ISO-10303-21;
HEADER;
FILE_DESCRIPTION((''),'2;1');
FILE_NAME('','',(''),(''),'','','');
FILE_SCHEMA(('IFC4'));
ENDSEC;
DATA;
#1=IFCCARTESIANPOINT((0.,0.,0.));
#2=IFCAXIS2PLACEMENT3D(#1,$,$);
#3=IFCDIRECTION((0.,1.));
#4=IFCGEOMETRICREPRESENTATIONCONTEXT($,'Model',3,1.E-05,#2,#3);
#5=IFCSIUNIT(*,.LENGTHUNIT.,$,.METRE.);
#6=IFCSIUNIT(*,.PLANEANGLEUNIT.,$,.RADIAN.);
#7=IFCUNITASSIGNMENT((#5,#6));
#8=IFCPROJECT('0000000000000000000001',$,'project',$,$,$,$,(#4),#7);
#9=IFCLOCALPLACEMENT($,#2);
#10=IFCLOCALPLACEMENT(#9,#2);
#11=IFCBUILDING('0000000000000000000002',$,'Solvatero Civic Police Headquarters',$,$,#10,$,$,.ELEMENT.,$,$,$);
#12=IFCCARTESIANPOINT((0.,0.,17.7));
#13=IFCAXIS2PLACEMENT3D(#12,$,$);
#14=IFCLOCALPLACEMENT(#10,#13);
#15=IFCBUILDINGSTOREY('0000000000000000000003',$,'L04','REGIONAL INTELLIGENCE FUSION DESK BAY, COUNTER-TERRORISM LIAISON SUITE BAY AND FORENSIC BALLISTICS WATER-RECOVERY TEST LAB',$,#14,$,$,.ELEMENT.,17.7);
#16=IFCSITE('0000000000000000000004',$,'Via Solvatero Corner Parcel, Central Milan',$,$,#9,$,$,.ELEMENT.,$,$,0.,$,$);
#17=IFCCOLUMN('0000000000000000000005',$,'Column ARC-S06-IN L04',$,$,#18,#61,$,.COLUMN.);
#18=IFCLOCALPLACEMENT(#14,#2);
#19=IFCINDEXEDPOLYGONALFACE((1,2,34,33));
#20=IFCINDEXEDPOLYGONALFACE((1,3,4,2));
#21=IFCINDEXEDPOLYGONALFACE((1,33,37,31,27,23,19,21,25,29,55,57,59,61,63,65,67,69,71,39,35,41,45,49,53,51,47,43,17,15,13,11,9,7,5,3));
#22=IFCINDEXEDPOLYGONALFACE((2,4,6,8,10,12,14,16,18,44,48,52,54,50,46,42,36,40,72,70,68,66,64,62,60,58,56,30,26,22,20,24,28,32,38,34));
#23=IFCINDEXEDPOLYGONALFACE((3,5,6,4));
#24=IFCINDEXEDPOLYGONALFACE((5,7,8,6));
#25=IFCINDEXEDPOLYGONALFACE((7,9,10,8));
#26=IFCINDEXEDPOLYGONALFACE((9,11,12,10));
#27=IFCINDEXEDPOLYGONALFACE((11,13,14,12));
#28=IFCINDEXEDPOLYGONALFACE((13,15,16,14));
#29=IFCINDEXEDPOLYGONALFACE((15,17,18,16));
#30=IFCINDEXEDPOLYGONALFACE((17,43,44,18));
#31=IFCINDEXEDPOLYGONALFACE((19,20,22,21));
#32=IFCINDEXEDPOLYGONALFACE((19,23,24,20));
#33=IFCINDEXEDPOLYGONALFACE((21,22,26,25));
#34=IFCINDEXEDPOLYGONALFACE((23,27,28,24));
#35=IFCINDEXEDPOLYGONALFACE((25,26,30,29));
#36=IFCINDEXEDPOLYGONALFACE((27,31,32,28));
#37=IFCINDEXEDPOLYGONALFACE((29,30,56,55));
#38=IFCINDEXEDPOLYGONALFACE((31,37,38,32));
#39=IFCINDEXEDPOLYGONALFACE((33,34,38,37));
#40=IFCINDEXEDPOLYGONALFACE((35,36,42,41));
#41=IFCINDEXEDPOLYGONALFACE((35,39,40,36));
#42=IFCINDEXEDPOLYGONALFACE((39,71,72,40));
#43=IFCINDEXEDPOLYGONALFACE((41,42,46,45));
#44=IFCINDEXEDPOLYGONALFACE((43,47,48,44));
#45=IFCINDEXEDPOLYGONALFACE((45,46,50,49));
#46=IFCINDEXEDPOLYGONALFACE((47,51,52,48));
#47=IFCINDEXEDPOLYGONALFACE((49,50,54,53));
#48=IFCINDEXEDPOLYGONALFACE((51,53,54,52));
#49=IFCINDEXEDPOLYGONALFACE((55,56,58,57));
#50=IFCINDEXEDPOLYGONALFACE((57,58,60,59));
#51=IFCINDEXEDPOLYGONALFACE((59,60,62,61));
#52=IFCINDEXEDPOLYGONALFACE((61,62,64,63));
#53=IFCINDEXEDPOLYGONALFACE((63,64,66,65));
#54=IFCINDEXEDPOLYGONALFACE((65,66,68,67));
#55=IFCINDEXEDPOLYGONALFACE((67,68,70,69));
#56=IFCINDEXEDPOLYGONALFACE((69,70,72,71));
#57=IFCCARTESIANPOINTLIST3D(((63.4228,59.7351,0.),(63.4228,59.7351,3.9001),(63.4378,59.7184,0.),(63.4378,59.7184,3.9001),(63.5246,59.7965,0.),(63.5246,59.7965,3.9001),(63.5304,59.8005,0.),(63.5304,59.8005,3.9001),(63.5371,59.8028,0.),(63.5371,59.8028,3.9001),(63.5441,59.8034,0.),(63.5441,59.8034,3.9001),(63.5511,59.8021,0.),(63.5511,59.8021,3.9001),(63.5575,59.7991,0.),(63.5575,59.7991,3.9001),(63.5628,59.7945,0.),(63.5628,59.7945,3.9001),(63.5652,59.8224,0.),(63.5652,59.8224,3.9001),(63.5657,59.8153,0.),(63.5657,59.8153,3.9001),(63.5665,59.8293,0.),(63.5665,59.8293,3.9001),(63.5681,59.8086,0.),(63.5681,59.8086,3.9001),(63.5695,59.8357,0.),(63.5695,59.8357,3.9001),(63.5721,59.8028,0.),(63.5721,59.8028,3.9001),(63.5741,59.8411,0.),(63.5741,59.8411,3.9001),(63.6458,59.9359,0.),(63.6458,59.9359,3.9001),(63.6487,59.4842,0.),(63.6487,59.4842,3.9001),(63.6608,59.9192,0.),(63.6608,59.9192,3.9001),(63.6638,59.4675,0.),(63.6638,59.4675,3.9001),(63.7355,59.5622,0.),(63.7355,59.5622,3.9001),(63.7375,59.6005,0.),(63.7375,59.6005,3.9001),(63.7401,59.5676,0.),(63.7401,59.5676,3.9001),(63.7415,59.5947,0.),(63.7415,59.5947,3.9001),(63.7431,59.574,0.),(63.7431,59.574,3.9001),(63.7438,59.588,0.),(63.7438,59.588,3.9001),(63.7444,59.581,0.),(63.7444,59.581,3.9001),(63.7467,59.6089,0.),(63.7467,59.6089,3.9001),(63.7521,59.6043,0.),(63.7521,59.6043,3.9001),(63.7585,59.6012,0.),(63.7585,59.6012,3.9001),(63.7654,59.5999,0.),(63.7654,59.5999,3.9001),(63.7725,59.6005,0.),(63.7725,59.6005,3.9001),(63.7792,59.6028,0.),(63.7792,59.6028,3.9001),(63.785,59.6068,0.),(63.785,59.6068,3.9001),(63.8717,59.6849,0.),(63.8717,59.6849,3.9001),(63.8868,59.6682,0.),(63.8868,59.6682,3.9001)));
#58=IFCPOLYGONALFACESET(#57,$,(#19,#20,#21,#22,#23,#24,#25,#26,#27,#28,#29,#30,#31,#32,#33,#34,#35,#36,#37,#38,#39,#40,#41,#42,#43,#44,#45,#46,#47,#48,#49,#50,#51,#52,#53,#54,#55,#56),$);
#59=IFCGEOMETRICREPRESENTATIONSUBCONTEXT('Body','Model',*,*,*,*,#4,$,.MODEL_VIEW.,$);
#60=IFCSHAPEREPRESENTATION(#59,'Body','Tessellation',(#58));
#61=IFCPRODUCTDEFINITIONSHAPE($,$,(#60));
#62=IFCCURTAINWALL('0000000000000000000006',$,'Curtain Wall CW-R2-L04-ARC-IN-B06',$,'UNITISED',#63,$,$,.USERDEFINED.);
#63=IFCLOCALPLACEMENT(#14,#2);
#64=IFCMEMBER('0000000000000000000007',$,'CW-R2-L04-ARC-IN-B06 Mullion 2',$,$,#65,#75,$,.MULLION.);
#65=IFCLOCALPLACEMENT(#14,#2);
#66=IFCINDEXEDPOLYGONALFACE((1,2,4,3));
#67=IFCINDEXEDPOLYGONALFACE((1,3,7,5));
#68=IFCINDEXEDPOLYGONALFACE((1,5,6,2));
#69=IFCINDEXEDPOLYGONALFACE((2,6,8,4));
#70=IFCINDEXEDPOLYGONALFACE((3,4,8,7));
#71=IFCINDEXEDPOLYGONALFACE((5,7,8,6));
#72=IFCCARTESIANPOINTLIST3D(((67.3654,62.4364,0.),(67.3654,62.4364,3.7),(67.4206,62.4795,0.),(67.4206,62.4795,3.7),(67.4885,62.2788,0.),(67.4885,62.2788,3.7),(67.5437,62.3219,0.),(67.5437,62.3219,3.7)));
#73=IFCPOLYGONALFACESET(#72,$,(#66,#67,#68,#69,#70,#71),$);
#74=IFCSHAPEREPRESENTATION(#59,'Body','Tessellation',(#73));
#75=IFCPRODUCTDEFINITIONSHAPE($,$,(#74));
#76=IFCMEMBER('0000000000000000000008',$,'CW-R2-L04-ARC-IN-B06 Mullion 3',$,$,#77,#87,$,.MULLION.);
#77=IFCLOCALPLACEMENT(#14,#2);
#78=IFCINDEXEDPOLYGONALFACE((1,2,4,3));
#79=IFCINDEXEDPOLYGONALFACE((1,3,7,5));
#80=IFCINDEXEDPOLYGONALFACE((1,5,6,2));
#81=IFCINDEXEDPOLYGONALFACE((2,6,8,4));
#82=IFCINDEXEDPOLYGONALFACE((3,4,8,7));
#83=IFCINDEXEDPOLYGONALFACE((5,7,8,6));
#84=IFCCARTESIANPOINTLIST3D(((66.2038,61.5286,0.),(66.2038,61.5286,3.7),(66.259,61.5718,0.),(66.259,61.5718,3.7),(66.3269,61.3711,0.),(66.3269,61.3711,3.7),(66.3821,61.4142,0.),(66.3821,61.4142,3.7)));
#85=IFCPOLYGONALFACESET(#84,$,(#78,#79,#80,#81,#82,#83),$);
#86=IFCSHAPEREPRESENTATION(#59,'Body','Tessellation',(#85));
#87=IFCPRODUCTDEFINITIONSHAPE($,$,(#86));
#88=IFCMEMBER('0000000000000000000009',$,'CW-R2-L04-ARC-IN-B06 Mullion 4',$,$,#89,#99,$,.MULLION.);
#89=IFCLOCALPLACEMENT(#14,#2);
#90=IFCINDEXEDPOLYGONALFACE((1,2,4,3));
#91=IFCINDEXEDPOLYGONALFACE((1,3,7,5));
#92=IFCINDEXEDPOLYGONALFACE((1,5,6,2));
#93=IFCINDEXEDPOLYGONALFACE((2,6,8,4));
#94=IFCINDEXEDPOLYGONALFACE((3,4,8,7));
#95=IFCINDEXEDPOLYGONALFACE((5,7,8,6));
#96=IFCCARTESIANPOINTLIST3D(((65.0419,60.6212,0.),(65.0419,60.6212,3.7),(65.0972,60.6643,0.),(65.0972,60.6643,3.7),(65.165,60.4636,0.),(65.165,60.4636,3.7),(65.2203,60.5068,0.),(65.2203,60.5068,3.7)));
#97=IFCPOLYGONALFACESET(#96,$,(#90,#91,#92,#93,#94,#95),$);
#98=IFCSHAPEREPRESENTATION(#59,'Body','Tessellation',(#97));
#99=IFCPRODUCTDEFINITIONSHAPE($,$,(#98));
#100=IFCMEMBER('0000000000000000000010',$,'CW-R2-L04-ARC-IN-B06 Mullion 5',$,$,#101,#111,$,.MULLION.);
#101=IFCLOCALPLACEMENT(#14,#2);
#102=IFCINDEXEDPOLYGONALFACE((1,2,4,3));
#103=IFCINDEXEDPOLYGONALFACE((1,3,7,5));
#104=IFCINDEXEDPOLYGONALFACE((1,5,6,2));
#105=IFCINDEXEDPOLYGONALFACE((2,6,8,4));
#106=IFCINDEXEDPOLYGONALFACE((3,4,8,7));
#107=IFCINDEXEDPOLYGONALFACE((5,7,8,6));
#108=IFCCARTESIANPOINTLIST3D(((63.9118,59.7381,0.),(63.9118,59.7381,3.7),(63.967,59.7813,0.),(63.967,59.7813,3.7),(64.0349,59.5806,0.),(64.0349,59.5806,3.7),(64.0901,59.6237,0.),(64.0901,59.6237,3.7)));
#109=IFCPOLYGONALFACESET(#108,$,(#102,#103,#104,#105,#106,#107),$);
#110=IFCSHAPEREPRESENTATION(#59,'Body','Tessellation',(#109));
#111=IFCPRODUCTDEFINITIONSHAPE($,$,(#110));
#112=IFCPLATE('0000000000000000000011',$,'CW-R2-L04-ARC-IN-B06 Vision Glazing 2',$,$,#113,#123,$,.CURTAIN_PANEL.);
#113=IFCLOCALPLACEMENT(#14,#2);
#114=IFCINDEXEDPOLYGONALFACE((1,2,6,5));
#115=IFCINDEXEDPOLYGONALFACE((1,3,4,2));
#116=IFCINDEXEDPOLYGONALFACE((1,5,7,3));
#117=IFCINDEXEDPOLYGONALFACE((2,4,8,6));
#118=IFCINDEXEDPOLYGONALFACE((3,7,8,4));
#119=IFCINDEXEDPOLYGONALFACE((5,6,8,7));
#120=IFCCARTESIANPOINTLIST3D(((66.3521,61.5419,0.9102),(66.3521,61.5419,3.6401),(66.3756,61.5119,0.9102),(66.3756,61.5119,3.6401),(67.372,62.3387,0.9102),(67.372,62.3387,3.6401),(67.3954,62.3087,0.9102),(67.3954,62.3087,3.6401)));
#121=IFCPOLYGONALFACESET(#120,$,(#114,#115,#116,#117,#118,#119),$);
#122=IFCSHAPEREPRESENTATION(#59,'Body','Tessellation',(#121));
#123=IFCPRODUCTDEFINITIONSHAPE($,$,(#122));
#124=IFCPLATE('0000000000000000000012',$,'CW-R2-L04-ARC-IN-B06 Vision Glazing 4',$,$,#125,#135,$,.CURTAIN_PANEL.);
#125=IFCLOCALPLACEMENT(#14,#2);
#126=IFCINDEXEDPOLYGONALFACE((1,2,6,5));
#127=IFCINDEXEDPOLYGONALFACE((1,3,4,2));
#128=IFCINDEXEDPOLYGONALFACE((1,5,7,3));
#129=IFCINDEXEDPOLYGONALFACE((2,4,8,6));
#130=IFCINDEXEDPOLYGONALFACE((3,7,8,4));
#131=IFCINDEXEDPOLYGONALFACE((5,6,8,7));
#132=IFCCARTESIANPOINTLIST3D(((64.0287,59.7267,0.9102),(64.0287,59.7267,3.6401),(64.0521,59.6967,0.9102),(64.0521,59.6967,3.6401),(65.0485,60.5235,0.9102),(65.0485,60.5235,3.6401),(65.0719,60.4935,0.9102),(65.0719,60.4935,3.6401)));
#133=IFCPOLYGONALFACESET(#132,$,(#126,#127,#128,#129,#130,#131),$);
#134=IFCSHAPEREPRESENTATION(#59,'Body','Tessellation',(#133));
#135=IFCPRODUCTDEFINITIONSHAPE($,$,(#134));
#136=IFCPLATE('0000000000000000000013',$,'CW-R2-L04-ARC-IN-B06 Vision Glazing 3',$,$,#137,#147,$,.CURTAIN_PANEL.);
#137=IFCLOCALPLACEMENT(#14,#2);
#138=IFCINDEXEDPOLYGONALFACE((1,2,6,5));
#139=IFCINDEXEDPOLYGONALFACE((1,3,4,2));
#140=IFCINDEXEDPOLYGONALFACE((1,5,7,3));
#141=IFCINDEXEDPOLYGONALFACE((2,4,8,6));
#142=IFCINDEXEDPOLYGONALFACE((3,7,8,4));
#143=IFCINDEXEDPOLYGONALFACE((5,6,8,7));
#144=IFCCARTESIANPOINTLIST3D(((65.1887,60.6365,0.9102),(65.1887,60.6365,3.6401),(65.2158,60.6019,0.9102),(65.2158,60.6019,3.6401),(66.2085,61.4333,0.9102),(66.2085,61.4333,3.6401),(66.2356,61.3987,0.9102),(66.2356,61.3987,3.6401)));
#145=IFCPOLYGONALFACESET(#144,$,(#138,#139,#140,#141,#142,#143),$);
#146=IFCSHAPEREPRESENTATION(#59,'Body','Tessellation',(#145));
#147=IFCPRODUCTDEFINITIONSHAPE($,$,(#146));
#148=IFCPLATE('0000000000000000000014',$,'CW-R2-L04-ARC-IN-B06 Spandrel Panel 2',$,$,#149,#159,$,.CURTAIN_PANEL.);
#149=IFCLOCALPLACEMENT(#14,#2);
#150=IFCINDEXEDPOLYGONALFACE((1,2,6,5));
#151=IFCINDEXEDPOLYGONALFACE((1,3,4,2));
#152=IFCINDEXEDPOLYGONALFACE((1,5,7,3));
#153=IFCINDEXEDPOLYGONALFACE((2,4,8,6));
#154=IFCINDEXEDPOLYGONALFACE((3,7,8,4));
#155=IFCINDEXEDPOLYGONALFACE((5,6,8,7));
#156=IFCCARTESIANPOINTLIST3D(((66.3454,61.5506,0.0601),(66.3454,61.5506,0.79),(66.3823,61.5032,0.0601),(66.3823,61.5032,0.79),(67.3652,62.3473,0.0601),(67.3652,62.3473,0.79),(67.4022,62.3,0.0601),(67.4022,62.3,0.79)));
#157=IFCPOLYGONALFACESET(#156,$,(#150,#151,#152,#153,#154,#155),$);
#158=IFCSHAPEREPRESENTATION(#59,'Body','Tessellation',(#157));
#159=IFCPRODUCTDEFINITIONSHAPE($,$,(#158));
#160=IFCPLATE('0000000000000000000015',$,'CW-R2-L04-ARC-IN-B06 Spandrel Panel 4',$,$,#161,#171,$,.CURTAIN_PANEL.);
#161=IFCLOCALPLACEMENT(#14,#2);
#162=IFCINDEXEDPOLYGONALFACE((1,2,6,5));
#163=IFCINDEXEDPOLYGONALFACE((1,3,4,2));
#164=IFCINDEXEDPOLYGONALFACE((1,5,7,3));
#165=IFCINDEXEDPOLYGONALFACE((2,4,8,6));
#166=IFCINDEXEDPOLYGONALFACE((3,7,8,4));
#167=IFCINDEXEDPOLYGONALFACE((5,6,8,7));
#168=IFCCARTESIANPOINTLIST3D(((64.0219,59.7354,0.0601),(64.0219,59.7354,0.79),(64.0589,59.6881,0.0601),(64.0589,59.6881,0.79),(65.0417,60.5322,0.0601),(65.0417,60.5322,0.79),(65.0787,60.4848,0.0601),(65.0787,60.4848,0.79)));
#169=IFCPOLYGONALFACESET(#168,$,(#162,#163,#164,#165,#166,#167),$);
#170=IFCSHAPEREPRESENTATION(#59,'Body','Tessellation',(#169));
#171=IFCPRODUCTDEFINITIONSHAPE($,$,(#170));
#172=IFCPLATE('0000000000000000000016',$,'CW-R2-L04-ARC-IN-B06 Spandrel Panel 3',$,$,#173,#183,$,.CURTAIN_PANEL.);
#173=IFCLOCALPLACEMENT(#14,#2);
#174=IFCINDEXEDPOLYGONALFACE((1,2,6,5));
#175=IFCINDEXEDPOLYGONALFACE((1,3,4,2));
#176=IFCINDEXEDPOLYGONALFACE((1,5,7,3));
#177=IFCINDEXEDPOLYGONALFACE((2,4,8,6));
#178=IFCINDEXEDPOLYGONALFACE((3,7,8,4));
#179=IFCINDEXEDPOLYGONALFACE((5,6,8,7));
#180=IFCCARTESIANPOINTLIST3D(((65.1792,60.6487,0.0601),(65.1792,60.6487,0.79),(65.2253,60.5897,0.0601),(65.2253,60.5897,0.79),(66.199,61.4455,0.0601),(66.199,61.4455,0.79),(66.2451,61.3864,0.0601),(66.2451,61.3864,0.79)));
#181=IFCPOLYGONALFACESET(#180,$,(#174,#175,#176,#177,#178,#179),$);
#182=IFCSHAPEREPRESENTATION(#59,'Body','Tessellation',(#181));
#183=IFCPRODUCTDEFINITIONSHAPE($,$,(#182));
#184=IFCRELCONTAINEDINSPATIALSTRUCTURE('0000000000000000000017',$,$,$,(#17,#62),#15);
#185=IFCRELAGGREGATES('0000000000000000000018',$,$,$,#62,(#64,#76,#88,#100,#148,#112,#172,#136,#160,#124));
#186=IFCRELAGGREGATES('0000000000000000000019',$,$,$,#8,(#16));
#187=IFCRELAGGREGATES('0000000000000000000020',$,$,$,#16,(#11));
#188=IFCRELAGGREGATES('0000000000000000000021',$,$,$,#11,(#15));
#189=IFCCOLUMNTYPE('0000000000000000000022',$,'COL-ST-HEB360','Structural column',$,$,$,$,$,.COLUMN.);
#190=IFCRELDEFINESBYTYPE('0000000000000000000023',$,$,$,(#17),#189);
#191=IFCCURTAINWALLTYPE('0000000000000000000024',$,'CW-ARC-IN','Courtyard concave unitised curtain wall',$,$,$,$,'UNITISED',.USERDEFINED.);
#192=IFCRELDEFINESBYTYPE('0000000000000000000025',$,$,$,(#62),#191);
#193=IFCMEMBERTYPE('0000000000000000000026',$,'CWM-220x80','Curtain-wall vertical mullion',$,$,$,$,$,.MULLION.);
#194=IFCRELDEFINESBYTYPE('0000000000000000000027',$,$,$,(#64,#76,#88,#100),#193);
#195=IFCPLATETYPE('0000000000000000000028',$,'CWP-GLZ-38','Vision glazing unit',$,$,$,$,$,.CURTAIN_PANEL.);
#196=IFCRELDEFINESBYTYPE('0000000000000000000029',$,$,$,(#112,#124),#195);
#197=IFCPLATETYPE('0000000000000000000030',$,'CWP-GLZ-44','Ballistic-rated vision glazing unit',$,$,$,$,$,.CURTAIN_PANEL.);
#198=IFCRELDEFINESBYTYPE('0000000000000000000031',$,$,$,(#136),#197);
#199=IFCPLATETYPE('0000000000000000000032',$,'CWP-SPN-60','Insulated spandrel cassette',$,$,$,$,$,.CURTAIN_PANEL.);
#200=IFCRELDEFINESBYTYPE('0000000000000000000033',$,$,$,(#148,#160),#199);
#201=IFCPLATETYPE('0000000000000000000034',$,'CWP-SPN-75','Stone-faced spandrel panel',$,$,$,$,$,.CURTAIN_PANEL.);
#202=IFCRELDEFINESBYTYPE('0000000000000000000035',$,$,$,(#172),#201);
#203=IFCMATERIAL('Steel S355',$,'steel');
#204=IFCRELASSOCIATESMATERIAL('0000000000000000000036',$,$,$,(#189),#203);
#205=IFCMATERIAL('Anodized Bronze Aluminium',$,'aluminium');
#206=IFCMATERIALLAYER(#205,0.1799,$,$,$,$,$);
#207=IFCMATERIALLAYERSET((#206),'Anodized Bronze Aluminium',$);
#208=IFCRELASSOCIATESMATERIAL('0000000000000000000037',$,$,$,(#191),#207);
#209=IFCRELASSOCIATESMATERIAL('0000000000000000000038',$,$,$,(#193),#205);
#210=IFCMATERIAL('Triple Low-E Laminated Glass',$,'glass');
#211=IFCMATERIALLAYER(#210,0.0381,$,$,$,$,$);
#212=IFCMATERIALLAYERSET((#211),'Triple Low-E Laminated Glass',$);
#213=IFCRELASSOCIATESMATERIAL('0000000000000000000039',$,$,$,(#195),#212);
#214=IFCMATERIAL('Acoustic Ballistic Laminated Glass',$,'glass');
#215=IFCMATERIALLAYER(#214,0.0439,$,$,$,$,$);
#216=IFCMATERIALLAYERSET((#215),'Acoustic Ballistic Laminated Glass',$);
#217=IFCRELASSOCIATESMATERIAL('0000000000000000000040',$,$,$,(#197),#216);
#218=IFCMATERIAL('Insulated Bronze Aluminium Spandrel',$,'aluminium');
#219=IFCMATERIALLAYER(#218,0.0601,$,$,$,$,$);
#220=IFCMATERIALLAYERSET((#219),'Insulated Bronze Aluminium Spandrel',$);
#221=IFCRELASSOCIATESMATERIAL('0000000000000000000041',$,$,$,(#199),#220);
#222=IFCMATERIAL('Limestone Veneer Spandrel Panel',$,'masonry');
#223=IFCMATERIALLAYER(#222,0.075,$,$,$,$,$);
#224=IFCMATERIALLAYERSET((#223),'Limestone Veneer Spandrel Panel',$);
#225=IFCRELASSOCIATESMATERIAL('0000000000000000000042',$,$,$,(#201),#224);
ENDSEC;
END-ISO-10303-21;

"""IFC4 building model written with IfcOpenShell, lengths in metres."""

from ifc_helpers import new_model, si_unit, direction, frame, origin, origin_2d, place, context, subcontext, project, spatial, rectangle, i_section, extrude, material, layer, layer_set, material_profile, profile_set, type_object, element, aggregate, save


model = new_model("IFC4")

# Units and contexts
model_context = context("Model", 3, precision=1e-05, world=origin(), true_north=direction((0.0, 1.0)))
body_context = subcontext(model_context, "Body", "Model", "MODEL_VIEW")
ifc_project = project(units=[si_unit("LENGTHUNIT", "METRE"), si_unit("PLANEANGLEUNIT", "RADIAN")], contexts=[model_context])

# Site, building, storey
site_placement = place(None, origin())
site = spatial("IfcSite", under=ifc_project, at=site_placement, Name="Via Solvatero Corner Parcel, Central Milan", CompositionType="ELEMENT", RefElevation=0.0)
building_placement = place(site_placement, origin())
building = spatial("IfcBuilding", under=site, at=building_placement, Name="Solvatero Civic Police Headquarters", CompositionType="ELEMENT")
storey_placement = place(building_placement, frame((0.0, 0.0, 17.7)))
storey = spatial("IfcBuildingStorey", under=building, at=storey_placement, Name="L04", Description="REGIONAL INTELLIGENCE FUSION DESK BAY, COUNTER-TERRORISM LIAISON SUITE BAY AND FORENSIC BALLISTICS WATER-RECOVERY TEST LAB", CompositionType="ELEMENT", Elevation=17.7)

# Column
ifc_material_1 = material(Name="Steel S355", Category="steel")
ifc_material_profile_1 = material_profile(ifc_material_1, i_section(OverallWidth=0.3, OverallDepth=0.3601, WebThickness=0.0125, FlangeThickness=0.0225, FilletRadius=0.0271, at=origin_2d()), Name="HEB 360")
ifc_profile_set_1 = profile_set([ifc_material_profile_1], Name="Steel S355")
column_type = type_object("IfcColumnType", Name="COL-ST-HEB360", Description="Structural column", PredefinedType="COLUMN", material=ifc_profile_set_1)
column_placement = place(storey_placement, frame((63.6548, 59.7017, 0.0), z_axis=(0.0, 0.0, 1.0), x_axis=(0.743145, 0.669131, 0.0)))
element("IfcColumn", 1, at=column_placement, inside=storey, type_object=column_type, Name="Column ARC-S06-IN L04", PredefinedType="COLUMN", context=body_context, shape_type="SweptSolid", body=[
    extrude(i_section(OverallWidth=0.3, OverallDepth=0.3601, WebThickness=0.0125, FlangeThickness=0.0225, FilletRadius=0.0271, at=origin_2d()), origin(), (0.0, 0.0, 1.0), 3.9001),
])

# Curtain wall, members, plates
ifc_material_2 = material(Name="Anodized Bronze Aluminium", Category="aluminium")
ifc_layer_1 = layer(ifc_material_2, 0.1799)
ifc_layer_set_1 = layer_set([ifc_layer_1], Name="Anodized Bronze Aluminium")
curtain_wall_type = type_object("IfcCurtainWallType", Name="CW-ARC-IN", Description="Courtyard concave unitised curtain wall", ElementType="UNITISED", PredefinedType="USERDEFINED", material=ifc_layer_set_1)
curtain_wall_placement = place(storey_placement, origin())
curtain_wall = element("IfcCurtainWall", 2, at=curtain_wall_placement, inside=storey, type_object=curtain_wall_type, Name="Curtain Wall CW-R2-L04-ARC-IN-B06", ObjectType="UNITISED", PredefinedType="USERDEFINED")
ifc_material_profile_2 = material_profile(ifc_material_2, rectangle(XDim=0.0701, YDim=0.2, at=origin_2d()), Name="ALU MULLION 70x200")
ifc_profile_set_2 = profile_set([ifc_material_profile_2], Name="Anodized Bronze Aluminium")
member_type = type_object("IfcMemberType", Name="CWM-220x80", Description="Curtain-wall vertical mullion", PredefinedType="MULLION", material=ifc_profile_set_2)
member_1_placement = place(storey_placement, frame((67.4546, 62.3792, 0.0), z_axis=(0.0, 0.0, 1.0), x_axis=(-0.788011, -0.615661, 0.0)))
member_1 = element("IfcMember", 3, at=member_1_placement, type_object=member_type, Name="CW-R2-L04-ARC-IN-B06 Mullion 2", PredefinedType="MULLION", context=body_context, shape_type="SweptSolid", body=[
    extrude(rectangle(XDim=0.0701, YDim=0.2, at=origin_2d()), origin(), (0.0, 0.0, 1.0), 3.7),
])
member_2_placement = place(storey_placement, frame((66.293, 61.4714, 0.0), z_axis=(0.0, 0.0, 1.0), x_axis=(-0.788011, -0.615661, 0.0)))
member_2 = element("IfcMember", 4, at=member_2_placement, type_object=member_type, Name="CW-R2-L04-ARC-IN-B06 Mullion 3", PredefinedType="MULLION", context=body_context, shape_type="SweptSolid", body=[
    extrude(rectangle(XDim=0.0701, YDim=0.2, at=origin_2d()), origin(), (0.0, 0.0, 1.0), 3.7),
])
member_3_placement = place(storey_placement, frame((65.1311, 60.564, 0.0), z_axis=(0.0, 0.0, 1.0), x_axis=(-0.788011, -0.615661, 0.0)))
member_3 = element("IfcMember", 5, at=member_3_placement, type_object=member_type, Name="CW-R2-L04-ARC-IN-B06 Mullion 4", PredefinedType="MULLION", context=body_context, shape_type="SweptSolid", body=[
    extrude(rectangle(XDim=0.0701, YDim=0.2, at=origin_2d()), origin(), (0.0, 0.0, 1.0), 3.7),
])
member_4_placement = place(storey_placement, frame((64.001, 59.6809, 0.0), z_axis=(0.0, 0.0, 1.0), x_axis=(-0.788011, -0.615661, 0.0)))
member_4 = element("IfcMember", 6, at=member_4_placement, type_object=member_type, Name="CW-R2-L04-ARC-IN-B06 Mullion 5", PredefinedType="MULLION", context=body_context, shape_type="SweptSolid", body=[
    extrude(rectangle(XDim=0.0701, YDim=0.2, at=origin_2d()), origin(), (0.0, 0.0, 1.0), 3.7),
])
ifc_material_3 = material(Name="Triple Low-E Laminated Glass", Category="glass")
ifc_layer_2 = layer(ifc_material_3, 0.0381)
ifc_layer_set_2 = layer_set([ifc_layer_2], Name="Triple Low-E Laminated Glass")
plate_type_1 = type_object("IfcPlateType", Name="CWP-GLZ-38", Description="Vision glazing unit", PredefinedType="CURTAIN_PANEL", material=ifc_layer_set_2)
plate_1_placement = place(storey_placement, frame((66.8738, 61.9253, 0.9102), z_axis=(0.0, 0.0, 1.0), x_axis=(-0.788011, -0.615661, 0.0)))
plate_1 = element("IfcPlate", 7, at=plate_1_placement, type_object=plate_type_1, Name="CW-R2-L04-ARC-IN-B06 Vision Glazing 2", PredefinedType="CURTAIN_PANEL", context=body_context, shape_type="SweptSolid", body=[
    extrude(rectangle(XDim=1.2942, YDim=0.0381, at=origin_2d()), origin(), (0.0, 0.0, 1.0), 2.73),
])
plate_2_placement = place(storey_placement, frame((64.5503, 60.1101, 0.9102), z_axis=(0.0, 0.0, 1.0), x_axis=(-0.788011, -0.615661, 0.0)))
plate_2 = element("IfcPlate", 8, at=plate_2_placement, type_object=plate_type_1, Name="CW-R2-L04-ARC-IN-B06 Vision Glazing 4", PredefinedType="CURTAIN_PANEL", context=body_context, shape_type="SweptSolid", body=[
    extrude(rectangle(XDim=1.2942, YDim=0.0381, at=origin_2d()), origin(), (0.0, 0.0, 1.0), 2.73),
])
ifc_material_4 = material(Name="Acoustic Ballistic Laminated Glass", Category="glass")
ifc_layer_3 = layer(ifc_material_4, 0.0439)
ifc_layer_set_3 = layer_set([ifc_layer_3], Name="Acoustic Ballistic Laminated Glass")
plate_type_2 = type_object("IfcPlateType", Name="CWP-GLZ-44", Description="Ballistic-rated vision glazing unit", PredefinedType="CURTAIN_PANEL", material=ifc_layer_set_3)
plate_3_placement = place(storey_placement, frame((65.7122, 61.0176, 0.9102), z_axis=(0.0, 0.0, 1.0), x_axis=(-0.788011, -0.615661, 0.0)))
plate_3 = element("IfcPlate", 9, at=plate_3_placement, type_object=plate_type_2, Name="CW-R2-L04-ARC-IN-B06 Vision Glazing 3", PredefinedType="CURTAIN_PANEL", context=body_context, shape_type="SweptSolid", body=[
    extrude(rectangle(XDim=1.2942, YDim=0.0439, at=origin_2d()), origin(), (0.0, 0.0, 1.0), 2.73),
])
ifc_material_5 = material(Name="Insulated Bronze Aluminium Spandrel", Category="aluminium")
ifc_layer_4 = layer(ifc_material_5, 0.0601)
ifc_layer_set_4 = layer_set([ifc_layer_4], Name="Insulated Bronze Aluminium Spandrel")
plate_type_3 = type_object("IfcPlateType", Name="CWP-SPN-60", Description="Insulated spandrel cassette", PredefinedType="CURTAIN_PANEL", material=ifc_layer_set_4)
plate_4_placement = place(storey_placement, frame((66.8738, 61.9253, 0.0601), z_axis=(0.0, 0.0, 1.0), x_axis=(-0.788011, -0.615661, 0.0)))
plate_4 = element("IfcPlate", 10, at=plate_4_placement, type_object=plate_type_3, Name="CW-R2-L04-ARC-IN-B06 Spandrel Panel 2", PredefinedType="CURTAIN_PANEL", context=body_context, shape_type="SweptSolid", body=[
    extrude(rectangle(XDim=1.2942, YDim=0.0601, at=origin_2d()), origin(), (0.0, 0.0, 1.0), 0.73),
])
plate_5_placement = place(storey_placement, frame((64.5503, 60.1101, 0.0601), z_axis=(0.0, 0.0, 1.0), x_axis=(-0.788011, -0.615661, 0.0)))
plate_5 = element("IfcPlate", 11, at=plate_5_placement, type_object=plate_type_3, Name="CW-R2-L04-ARC-IN-B06 Spandrel Panel 4", PredefinedType="CURTAIN_PANEL", context=body_context, shape_type="SweptSolid", body=[
    extrude(rectangle(XDim=1.2942, YDim=0.0601, at=origin_2d()), origin(), (0.0, 0.0, 1.0), 0.73),
])
ifc_material_6 = material(Name="Limestone Veneer Spandrel Panel", Category="masonry")
ifc_layer_5 = layer(ifc_material_6, 0.075)
ifc_layer_set_5 = layer_set([ifc_layer_5], Name="Limestone Veneer Spandrel Panel")
plate_type_4 = type_object("IfcPlateType", Name="CWP-SPN-75", Description="Stone-faced spandrel panel", PredefinedType="CURTAIN_PANEL", material=ifc_layer_set_5)
plate_6_placement = place(storey_placement, frame((65.7122, 61.0176, 0.0601), z_axis=(0.0, 0.0, 1.0), x_axis=(-0.788011, -0.615661, 0.0)))
plate_6 = element("IfcPlate", 12, at=plate_6_placement, type_object=plate_type_4, Name="CW-R2-L04-ARC-IN-B06 Spandrel Panel 3", PredefinedType="CURTAIN_PANEL", context=body_context, shape_type="SweptSolid", body=[
    extrude(rectangle(XDim=1.2942, YDim=0.075, at=origin_2d()), origin(), (0.0, 0.0, 1.0), 0.73),
])
aggregate(curtain_wall, [member_1, member_2, member_3, member_4, plate_4, plate_1, plate_6, plate_3, plate_5, plate_2])

save(model, "model.ifc")
